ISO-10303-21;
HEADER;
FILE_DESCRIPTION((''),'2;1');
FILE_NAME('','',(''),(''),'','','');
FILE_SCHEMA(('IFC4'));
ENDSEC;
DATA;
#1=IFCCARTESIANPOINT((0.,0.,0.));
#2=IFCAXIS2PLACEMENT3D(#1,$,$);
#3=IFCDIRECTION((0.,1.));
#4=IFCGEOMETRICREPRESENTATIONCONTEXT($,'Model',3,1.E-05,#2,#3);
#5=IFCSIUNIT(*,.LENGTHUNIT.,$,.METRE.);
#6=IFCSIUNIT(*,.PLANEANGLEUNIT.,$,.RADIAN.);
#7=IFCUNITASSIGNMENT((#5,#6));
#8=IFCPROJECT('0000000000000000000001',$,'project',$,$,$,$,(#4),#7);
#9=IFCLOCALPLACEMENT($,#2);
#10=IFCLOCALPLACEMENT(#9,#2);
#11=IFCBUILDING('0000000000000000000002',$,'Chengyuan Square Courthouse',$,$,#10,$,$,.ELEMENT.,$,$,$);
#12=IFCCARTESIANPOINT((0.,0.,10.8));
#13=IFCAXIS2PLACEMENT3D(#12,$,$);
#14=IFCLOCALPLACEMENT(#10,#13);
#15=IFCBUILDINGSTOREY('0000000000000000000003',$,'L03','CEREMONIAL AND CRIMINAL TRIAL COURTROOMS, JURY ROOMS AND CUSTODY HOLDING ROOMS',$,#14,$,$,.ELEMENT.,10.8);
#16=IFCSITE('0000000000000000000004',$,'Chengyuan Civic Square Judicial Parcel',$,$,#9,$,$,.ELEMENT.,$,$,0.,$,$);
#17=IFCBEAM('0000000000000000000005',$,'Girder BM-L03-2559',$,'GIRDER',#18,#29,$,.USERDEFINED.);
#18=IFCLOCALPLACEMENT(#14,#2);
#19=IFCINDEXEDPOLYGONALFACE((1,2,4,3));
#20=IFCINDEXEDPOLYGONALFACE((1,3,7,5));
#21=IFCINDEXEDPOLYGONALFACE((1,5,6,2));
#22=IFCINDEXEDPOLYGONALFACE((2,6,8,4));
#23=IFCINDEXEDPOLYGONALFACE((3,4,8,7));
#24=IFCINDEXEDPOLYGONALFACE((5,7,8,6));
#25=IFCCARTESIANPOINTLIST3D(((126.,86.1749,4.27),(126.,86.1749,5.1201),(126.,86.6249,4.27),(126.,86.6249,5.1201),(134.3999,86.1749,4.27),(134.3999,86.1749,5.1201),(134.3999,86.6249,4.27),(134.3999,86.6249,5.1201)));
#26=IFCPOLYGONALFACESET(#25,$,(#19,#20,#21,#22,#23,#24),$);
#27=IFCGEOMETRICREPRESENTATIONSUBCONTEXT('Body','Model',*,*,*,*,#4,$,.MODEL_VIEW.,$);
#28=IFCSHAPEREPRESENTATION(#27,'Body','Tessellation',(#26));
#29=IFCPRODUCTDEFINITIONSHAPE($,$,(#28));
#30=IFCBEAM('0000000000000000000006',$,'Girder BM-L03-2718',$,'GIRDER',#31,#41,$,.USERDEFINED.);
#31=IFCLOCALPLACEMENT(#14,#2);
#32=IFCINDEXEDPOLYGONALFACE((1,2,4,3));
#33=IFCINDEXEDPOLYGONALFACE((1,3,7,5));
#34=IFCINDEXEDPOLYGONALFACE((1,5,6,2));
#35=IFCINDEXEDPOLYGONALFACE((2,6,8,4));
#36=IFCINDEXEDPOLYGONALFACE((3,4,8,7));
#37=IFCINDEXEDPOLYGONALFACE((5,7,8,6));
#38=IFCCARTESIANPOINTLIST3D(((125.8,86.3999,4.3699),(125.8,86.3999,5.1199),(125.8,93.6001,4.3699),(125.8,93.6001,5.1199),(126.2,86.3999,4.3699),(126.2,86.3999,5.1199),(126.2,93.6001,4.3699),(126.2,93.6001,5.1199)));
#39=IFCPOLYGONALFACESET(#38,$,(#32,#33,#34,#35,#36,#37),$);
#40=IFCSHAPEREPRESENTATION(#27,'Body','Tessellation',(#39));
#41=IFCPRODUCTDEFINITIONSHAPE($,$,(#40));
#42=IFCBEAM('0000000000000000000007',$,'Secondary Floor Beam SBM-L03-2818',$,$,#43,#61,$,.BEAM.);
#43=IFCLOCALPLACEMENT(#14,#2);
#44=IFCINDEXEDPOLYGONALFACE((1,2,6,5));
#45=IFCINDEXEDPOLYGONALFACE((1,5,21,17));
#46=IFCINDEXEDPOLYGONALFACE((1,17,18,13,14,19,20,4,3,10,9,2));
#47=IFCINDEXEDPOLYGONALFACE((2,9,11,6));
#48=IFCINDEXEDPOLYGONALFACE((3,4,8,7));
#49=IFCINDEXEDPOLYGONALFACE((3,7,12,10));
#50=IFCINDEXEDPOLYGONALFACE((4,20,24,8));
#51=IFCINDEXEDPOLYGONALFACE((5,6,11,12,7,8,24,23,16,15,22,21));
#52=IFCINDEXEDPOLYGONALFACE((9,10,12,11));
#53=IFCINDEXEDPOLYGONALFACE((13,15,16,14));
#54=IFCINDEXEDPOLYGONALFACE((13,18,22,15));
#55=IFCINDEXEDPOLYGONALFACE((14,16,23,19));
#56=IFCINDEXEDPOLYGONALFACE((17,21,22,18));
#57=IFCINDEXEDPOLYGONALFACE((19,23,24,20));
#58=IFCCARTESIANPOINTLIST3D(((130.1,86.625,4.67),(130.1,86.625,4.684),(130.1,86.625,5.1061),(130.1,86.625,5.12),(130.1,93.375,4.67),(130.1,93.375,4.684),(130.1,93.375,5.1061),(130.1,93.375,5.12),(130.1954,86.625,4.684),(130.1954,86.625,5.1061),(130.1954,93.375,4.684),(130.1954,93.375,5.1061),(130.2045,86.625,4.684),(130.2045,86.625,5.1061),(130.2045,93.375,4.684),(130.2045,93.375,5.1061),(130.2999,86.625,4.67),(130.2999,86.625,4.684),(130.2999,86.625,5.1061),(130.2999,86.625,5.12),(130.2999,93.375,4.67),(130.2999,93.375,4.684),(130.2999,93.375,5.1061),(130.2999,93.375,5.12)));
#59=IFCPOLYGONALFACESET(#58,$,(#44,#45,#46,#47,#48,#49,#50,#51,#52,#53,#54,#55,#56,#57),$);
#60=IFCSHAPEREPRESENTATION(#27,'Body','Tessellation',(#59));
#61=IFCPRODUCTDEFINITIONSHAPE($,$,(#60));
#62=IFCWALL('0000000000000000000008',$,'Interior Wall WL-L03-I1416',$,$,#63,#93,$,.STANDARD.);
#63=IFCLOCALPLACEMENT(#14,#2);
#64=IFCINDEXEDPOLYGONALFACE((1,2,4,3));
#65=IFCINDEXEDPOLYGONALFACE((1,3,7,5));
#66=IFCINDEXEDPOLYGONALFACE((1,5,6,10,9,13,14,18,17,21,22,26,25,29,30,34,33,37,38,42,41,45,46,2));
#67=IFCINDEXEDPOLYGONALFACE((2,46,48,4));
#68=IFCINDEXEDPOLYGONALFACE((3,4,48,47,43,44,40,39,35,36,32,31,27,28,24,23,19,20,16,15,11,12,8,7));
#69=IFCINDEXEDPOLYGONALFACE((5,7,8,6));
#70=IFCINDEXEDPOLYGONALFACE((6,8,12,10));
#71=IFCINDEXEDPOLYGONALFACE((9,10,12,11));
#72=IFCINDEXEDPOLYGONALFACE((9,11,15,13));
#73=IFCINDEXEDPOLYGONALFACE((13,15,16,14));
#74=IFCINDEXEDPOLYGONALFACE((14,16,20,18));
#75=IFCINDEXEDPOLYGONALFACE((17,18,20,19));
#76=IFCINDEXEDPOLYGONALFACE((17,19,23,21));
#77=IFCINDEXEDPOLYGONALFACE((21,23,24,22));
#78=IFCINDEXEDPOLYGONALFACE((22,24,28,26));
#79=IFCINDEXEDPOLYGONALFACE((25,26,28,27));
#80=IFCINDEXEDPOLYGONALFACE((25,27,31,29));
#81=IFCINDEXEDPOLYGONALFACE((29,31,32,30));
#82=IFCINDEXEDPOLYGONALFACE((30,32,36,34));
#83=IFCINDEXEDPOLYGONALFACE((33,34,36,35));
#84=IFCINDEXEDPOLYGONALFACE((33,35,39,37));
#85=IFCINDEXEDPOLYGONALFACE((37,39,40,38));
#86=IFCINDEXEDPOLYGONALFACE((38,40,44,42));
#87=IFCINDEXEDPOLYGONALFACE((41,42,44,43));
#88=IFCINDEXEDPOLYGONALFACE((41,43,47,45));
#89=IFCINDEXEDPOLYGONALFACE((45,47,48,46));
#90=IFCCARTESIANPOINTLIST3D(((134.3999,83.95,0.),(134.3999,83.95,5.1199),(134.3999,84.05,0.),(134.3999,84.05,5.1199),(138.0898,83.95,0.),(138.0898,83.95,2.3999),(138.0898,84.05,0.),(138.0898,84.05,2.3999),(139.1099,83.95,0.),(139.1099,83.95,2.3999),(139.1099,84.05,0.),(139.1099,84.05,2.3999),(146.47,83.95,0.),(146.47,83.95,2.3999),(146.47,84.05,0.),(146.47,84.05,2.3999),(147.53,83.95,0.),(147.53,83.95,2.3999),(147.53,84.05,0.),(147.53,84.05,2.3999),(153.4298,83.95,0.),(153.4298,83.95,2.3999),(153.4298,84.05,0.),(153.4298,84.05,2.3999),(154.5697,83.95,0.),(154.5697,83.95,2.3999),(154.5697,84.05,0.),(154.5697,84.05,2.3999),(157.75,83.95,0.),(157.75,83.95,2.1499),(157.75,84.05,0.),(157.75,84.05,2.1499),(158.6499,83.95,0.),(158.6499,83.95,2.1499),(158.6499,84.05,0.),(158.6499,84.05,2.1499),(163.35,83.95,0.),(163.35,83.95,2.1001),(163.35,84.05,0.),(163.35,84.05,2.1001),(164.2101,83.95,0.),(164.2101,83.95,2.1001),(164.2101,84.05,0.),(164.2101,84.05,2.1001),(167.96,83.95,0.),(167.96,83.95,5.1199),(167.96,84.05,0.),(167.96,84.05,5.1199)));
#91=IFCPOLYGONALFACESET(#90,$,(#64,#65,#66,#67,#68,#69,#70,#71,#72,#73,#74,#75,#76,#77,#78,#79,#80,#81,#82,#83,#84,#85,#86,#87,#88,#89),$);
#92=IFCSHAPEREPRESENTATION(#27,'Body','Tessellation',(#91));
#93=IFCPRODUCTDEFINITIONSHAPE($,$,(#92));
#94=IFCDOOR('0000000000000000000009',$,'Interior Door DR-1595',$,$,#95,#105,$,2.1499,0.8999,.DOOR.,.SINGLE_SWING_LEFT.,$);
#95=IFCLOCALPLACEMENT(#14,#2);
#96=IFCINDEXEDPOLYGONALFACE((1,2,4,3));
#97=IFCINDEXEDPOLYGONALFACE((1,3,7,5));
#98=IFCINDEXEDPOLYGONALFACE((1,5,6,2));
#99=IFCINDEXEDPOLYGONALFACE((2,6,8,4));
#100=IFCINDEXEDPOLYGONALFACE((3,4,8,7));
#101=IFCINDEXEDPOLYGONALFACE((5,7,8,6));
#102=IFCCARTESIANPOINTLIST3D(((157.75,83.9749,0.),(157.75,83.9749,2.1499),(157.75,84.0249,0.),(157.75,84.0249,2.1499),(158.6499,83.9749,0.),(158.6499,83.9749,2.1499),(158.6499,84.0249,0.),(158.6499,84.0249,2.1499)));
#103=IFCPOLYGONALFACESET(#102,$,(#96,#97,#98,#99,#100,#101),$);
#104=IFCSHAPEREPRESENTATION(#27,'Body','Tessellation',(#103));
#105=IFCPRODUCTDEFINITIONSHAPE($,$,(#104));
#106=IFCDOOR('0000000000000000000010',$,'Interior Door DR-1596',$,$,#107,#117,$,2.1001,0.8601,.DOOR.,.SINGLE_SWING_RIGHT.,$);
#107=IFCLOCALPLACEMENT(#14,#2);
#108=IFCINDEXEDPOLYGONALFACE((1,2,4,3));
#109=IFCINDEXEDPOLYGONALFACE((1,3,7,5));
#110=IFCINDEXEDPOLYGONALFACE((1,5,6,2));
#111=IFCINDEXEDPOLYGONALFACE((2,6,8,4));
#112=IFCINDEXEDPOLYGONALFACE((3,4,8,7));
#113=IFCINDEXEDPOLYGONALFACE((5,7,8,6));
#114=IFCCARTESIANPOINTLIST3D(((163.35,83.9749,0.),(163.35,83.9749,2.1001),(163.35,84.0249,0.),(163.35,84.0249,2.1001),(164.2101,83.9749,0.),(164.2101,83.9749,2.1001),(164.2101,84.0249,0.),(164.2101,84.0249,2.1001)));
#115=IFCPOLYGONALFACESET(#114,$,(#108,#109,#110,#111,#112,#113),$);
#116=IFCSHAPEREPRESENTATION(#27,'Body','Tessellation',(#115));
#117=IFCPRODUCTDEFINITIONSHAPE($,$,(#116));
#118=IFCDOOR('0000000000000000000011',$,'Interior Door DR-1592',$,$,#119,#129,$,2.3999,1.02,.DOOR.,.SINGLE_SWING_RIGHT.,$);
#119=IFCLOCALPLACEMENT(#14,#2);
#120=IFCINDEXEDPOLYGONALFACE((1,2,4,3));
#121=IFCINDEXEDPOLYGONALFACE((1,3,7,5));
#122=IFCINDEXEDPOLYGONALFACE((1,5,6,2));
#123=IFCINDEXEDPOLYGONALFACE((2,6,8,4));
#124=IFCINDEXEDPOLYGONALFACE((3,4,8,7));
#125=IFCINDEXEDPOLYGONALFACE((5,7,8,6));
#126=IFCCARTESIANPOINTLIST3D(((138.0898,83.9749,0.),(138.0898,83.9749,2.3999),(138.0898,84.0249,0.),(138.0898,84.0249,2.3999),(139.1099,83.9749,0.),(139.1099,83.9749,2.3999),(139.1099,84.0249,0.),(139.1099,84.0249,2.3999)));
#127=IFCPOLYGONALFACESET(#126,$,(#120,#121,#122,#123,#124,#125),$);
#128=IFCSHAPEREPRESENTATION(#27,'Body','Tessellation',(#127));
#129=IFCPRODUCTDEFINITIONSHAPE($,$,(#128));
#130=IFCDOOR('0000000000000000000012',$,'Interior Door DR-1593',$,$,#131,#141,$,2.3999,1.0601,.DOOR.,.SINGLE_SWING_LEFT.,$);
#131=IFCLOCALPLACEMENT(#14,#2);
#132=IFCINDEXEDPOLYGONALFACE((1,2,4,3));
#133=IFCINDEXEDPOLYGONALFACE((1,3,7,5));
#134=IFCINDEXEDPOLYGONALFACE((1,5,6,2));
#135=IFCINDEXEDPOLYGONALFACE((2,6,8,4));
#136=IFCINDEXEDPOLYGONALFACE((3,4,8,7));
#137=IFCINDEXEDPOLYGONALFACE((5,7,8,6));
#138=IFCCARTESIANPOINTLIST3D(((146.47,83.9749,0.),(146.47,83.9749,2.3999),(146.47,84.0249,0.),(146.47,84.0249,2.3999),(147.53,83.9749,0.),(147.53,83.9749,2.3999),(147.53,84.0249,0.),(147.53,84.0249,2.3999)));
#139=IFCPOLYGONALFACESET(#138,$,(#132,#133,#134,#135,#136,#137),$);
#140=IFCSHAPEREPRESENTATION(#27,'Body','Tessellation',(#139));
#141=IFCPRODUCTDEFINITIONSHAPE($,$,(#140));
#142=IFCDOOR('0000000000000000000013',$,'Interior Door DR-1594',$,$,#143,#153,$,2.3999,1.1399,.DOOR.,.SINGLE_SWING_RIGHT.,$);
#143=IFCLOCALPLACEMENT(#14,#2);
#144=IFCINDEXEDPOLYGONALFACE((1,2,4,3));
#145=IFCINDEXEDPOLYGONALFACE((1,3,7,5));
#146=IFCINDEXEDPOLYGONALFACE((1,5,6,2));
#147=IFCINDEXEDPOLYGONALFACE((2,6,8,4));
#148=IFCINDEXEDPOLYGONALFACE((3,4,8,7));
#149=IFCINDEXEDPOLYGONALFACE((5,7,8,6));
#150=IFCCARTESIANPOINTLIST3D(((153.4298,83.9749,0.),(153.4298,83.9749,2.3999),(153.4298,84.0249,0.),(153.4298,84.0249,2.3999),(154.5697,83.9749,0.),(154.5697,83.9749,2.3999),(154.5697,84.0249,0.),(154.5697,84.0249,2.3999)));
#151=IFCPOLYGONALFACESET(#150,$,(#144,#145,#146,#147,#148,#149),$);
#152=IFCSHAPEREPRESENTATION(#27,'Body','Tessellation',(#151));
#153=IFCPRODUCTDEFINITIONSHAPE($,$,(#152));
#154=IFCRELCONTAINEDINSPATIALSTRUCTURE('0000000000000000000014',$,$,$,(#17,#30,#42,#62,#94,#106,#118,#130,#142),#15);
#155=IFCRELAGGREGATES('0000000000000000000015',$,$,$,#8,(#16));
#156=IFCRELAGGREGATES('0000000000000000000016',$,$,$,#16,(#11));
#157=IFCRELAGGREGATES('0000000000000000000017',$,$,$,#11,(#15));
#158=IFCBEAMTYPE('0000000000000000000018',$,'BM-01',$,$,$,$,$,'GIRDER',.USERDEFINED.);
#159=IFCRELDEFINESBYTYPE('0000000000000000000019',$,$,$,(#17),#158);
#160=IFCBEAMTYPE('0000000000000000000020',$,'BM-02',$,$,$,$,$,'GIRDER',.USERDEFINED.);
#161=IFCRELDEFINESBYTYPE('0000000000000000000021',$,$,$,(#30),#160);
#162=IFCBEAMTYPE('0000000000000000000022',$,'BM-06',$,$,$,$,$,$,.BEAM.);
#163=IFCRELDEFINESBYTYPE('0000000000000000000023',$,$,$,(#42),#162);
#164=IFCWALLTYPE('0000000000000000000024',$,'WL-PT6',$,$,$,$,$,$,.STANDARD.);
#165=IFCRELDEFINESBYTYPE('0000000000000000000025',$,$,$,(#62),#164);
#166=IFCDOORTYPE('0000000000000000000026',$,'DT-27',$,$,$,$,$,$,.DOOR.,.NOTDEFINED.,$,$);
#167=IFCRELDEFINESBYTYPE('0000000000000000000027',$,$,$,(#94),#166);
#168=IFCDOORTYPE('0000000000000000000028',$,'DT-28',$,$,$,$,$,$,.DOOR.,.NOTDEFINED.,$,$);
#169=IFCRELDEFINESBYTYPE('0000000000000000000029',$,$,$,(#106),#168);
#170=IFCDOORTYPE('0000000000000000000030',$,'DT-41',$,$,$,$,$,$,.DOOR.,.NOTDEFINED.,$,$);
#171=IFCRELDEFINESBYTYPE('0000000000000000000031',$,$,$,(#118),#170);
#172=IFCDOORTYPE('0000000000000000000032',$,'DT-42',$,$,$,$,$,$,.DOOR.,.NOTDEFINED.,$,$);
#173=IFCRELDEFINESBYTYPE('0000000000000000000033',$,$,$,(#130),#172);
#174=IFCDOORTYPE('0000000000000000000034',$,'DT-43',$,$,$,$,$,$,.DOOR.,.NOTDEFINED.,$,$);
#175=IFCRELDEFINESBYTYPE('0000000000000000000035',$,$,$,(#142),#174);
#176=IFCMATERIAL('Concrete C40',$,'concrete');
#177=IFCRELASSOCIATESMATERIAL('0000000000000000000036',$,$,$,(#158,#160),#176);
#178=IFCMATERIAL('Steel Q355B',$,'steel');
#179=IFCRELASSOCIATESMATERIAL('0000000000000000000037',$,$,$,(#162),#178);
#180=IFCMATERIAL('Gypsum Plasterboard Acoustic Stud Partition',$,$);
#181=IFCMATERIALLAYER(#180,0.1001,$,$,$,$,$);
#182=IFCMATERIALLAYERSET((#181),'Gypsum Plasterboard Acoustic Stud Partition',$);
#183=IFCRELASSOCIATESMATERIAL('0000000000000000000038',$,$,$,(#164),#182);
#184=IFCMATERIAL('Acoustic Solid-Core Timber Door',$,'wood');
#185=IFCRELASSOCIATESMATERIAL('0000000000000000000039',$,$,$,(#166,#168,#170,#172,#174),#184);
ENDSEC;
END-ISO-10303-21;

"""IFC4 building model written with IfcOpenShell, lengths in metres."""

from ifc_helpers import new_model, si_unit, direction, frame, frame_2d, origin, origin_2d, place, context, subcontext, project, spatial, rectangle, i_section, extrude, material, layer, layer_set, material_profile, profile_set, type_object, element, fill, save


model = new_model("IFC4")

# Units and contexts
model_context = context("Model", 3, precision=1e-05, world=origin(), true_north=direction((0.0, 1.0)))
body_context = subcontext(model_context, "Body", "Model", "MODEL_VIEW")
ifc_project = project(units=[si_unit("LENGTHUNIT", "METRE"), si_unit("PLANEANGLEUNIT", "RADIAN")], contexts=[model_context])

# Site, building, storey
site_placement = place(None, origin())
site = spatial("IfcSite", under=ifc_project, at=site_placement, Name="Chengyuan Civic Square Judicial Parcel", CompositionType="ELEMENT", RefElevation=0.0)
building_placement = place(site_placement, origin())
building = spatial("IfcBuilding", under=site, at=building_placement, Name="Chengyuan Square Courthouse", CompositionType="ELEMENT")
storey_placement = place(building_placement, frame((0.0, 0.0, 10.8)))
storey = spatial("IfcBuildingStorey", under=building, at=storey_placement, Name="L03", Description="CEREMONIAL AND CRIMINAL TRIAL COURTROOMS, JURY ROOMS AND CUSTODY HOLDING ROOMS", CompositionType="ELEMENT", Elevation=10.8)

# Beams
ifc_material_1 = material(Name="Concrete C40", Category="concrete")
ifc_material_profile_1 = material_profile(ifc_material_1, rectangle(XDim=0.45, YDim=0.8501, at=origin_2d()), Name="RC-BM-450x850")
ifc_profile_set_1 = profile_set([ifc_material_profile_1], Name="Concrete C40")
beam_type_1 = type_object("IfcBeamType", Name="BM-01", ElementType="GIRDER", PredefinedType="USERDEFINED", material=ifc_profile_set_1)
beam_1_placement = place(storey_placement, frame((126.0, 86.3999, 4.6951), z_axis=(1.0, 0.0, 0.0), x_axis=(0.0, 1.0, 0.0)))
element("IfcBeam", 1, at=beam_1_placement, inside=storey, type_object=beam_type_1, Name="Girder BM-L03-2559", ObjectType="GIRDER", PredefinedType="USERDEFINED", context=body_context, shape_type="SweptSolid", body=[
    extrude(rectangle(XDim=0.45, YDim=0.8501, at=origin_2d()), origin(), (0.0, 0.0, 1.0), 8.3999),
])
ifc_material_profile_2 = material_profile(ifc_material_1, rectangle(XDim=0.3999, YDim=0.75, at=origin_2d()), Name="RC-BM-400x750")
ifc_profile_set_2 = profile_set([ifc_material_profile_2], Name="Concrete C40")
beam_type_2 = type_object("IfcBeamType", Name="BM-02", ElementType="GIRDER", PredefinedType="USERDEFINED", material=ifc_profile_set_2)
beam_2_placement = place(storey_placement, frame((126.0, 86.3999, 4.7449), z_axis=(0.0, 1.0, 0.0), x_axis=(-1.0, 0.0, 0.0)))
element("IfcBeam", 2, at=beam_2_placement, inside=storey, type_object=beam_type_2, Name="Girder BM-L03-2718", ObjectType="GIRDER", PredefinedType="USERDEFINED", context=body_context, shape_type="SweptSolid", body=[
    extrude(rectangle(XDim=0.3999, YDim=0.75, at=origin_2d()), origin(), (0.0, 0.0, 1.0), 7.2002),
])
ifc_material_2 = material(Name="Steel Q355B", Category="steel")
ifc_material_profile_3 = material_profile(ifc_material_2, i_section(OverallWidth=0.2, OverallDepth=0.45, WebThickness=0.009, FlangeThickness=0.0139, at=origin_2d()), Name="HN 450x200x9x14")
ifc_profile_set_3 = profile_set([ifc_material_profile_3], Name="Steel Q355B")
beam_type_3 = type_object("IfcBeamType", Name="BM-06", PredefinedType="BEAM", material=ifc_profile_set_3)
beam_3_placement = place(storey_placement, frame((130.2, 86.625, 4.895), z_axis=(0.0, 1.0, 0.0), x_axis=(-1.0, 0.0, 0.0)))
element("IfcBeam", 3, at=beam_3_placement, inside=storey, type_object=beam_type_3, Name="Secondary Floor Beam SBM-L03-2818", PredefinedType="BEAM", context=body_context, shape_type="SweptSolid", body=[
    extrude(i_section(OverallWidth=0.2, OverallDepth=0.45, WebThickness=0.009, FlangeThickness=0.0139, at=origin_2d()), origin(), (0.0, 0.0, 1.0), 6.75),
])

# Wall, openings, doors
ifc_material_3 = material(Name="Gypsum Plasterboard Acoustic Stud Partition")
ifc_layer_1 = layer(ifc_material_3, 0.1001)
ifc_layer_set_1 = layer_set([ifc_layer_1], Name="Gypsum Plasterboard Acoustic Stud Partition")
wall_type_1 = type_object("IfcWallType", Name="WL-PT6", PredefinedType="STANDARD", material=ifc_layer_set_1)
wall_1_placement = place(storey_placement, frame((134.3999, 84.0, 0.0), z_axis=(0.0, 0.0, 1.0), x_axis=(1.0, 0.0, 0.0)))
wall_1 = element("IfcWall", 4, at=wall_1_placement, inside=storey, type_object=wall_type_1, Name="Interior Wall WL-L03-I1416", PredefinedType="STANDARD", context=body_context, shape_type="SweptSolid", body=[
    extrude(rectangle(XDim=33.5601, YDim=0.1001, at=frame_2d((16.78, 0.0))), origin(), (0.0, 0.0, 1.0), 5.1199),
])
opening_1_placement = place(wall_1_placement, frame((3.6899, 0.0, 0.0)))
opening_1 = element("IfcOpeningElement", 5, at=opening_1_placement, cuts=wall_1, PredefinedType="OPENING", context=body_context, shape_type="SweptSolid", body=[
    extrude(rectangle(XDim=1.02, YDim=2.3999, at=frame_2d((0.51, 1.2))), frame((0.0, 0.062, 0.0), z_axis=(0.0, -1.0, 0.0), x_axis=(1.0, 0.0, 0.0)), (0.0, 0.0, 1.0), 0.124),
])
opening_2_placement = place(wall_1_placement, frame((12.0701, 0.0, 0.0)))
opening_2 = element("IfcOpeningElement", 6, at=opening_2_placement, cuts=wall_1, PredefinedType="OPENING", context=body_context, shape_type="SweptSolid", body=[
    extrude(rectangle(XDim=1.0601, YDim=2.3999, at=frame_2d((0.53, 1.2))), frame((0.0, 0.062, 0.0), z_axis=(0.0, -1.0, 0.0), x_axis=(1.0, 0.0, 0.0)), (0.0, 0.0, 1.0), 0.124),
])
opening_3_placement = place(wall_1_placement, frame((19.03, 0.0, 0.0)))
opening_3 = element("IfcOpeningElement", 7, at=opening_3_placement, cuts=wall_1, PredefinedType="OPENING", context=body_context, shape_type="SweptSolid", body=[
    extrude(rectangle(XDim=1.1399, YDim=2.3999, at=frame_2d((0.5698, 1.2))), frame((0.0, 0.062, 0.0), z_axis=(0.0, -1.0, 0.0), x_axis=(1.0, 0.0, 0.0)), (0.0, 0.0, 1.0), 0.124),
])
opening_4_placement = place(wall_1_placement, frame((23.3501, 0.0, 0.0)))
opening_4 = element("IfcOpeningElement", 8, at=opening_4_placement, cuts=wall_1, PredefinedType="OPENING", context=body_context, shape_type="SweptSolid", body=[
    extrude(rectangle(XDim=0.8999, YDim=2.1499, at=frame_2d((0.45, 1.075))), frame((0.0, 0.062, 0.0), z_axis=(0.0, -1.0, 0.0), x_axis=(1.0, 0.0, 0.0)), (0.0, 0.0, 1.0), 0.124),
])
opening_5_placement = place(wall_1_placement, frame((28.95, 0.0, 0.0)))
opening_5 = element("IfcOpeningElement", 9, at=opening_5_placement, cuts=wall_1, PredefinedType="OPENING", context=body_context, shape_type="SweptSolid", body=[
    extrude(rectangle(XDim=0.8601, YDim=2.1001, at=frame_2d((0.4302, 1.05))), frame((0.0, 0.062, 0.0), z_axis=(0.0, -1.0, 0.0), x_axis=(1.0, 0.0, 0.0)), (0.0, 0.0, 1.0), 0.124),
])
ifc_material_4 = material(Name="Acoustic Solid-Core Timber Door", Category="wood")
door_type_1 = type_object("IfcDoorType", Name="DT-27", OperationType="NOTDEFINED", PredefinedType="DOOR", material=ifc_material_4)
door_1_placement = place(opening_4_placement, origin())
door_1 = element("IfcDoor", 10, at=door_1_placement, inside=storey, type_object=door_type_1, Name="Interior Door DR-1595", OperationType="SINGLE_SWING_LEFT", OverallHeight=2.1499, OverallWidth=0.8999, PredefinedType="DOOR", context=body_context, shape_type="SweptSolid", body=[
    extrude(rectangle(XDim=0.8999, YDim=2.1499, at=frame_2d((0.45, 1.075))), frame((0.0, 0.0249, 0.0), z_axis=(0.0, -1.0, 0.0), x_axis=(1.0, 0.0, 0.0)), (0.0, 0.0, 1.0), 0.05),
])
fill(opening_4, door_1)
door_type_2 = type_object("IfcDoorType", Name="DT-28", OperationType="NOTDEFINED", PredefinedType="DOOR", material=ifc_material_4)
door_2_placement = place(opening_5_placement, origin())
door_2 = element("IfcDoor", 11, at=door_2_placement, inside=storey, type_object=door_type_2, Name="Interior Door DR-1596", OperationType="SINGLE_SWING_RIGHT", OverallHeight=2.1001, OverallWidth=0.8601, PredefinedType="DOOR", context=body_context, shape_type="SweptSolid", body=[
    extrude(rectangle(XDim=0.8601, YDim=2.1001, at=frame_2d((0.4302, 1.05))), frame((0.0, 0.0249, 0.0), z_axis=(0.0, -1.0, 0.0), x_axis=(1.0, 0.0, 0.0)), (0.0, 0.0, 1.0), 0.05),
])
fill(opening_5, door_2)
door_type_3 = type_object("IfcDoorType", Name="DT-41", OperationType="NOTDEFINED", PredefinedType="DOOR", material=ifc_material_4)
door_3_placement = place(opening_1_placement, origin())
door_3 = element("IfcDoor", 12, at=door_3_placement, inside=storey, type_object=door_type_3, Name="Interior Door DR-1592", OperationType="SINGLE_SWING_RIGHT", OverallHeight=2.3999, OverallWidth=1.02, PredefinedType="DOOR", context=body_context, shape_type="SweptSolid", body=[
    extrude(rectangle(XDim=1.02, YDim=2.3999, at=frame_2d((0.51, 1.2))), frame((0.0, 0.0249, 0.0), z_axis=(0.0, -1.0, 0.0), x_axis=(1.0, 0.0, 0.0)), (0.0, 0.0, 1.0), 0.05),
])
fill(opening_1, door_3)
door_type_4 = type_object("IfcDoorType", Name="DT-42", OperationType="NOTDEFINED", PredefinedType="DOOR", material=ifc_material_4)
door_4_placement = place(opening_2_placement, origin())
door_4 = element("IfcDoor", 13, at=door_4_placement, inside=storey, type_object=door_type_4, Name="Interior Door DR-1593", OperationType="SINGLE_SWING_LEFT", OverallHeight=2.3999, OverallWidth=1.0601, PredefinedType="DOOR", context=body_context, shape_type="SweptSolid", body=[
    extrude(rectangle(XDim=1.0601, YDim=2.3999, at=frame_2d((0.53, 1.2))), frame((0.0, 0.0249, 0.0), z_axis=(0.0, -1.0, 0.0), x_axis=(1.0, 0.0, 0.0)), (0.0, 0.0, 1.0), 0.05),
])
fill(opening_2, door_4)
door_type_5 = type_object("IfcDoorType", Name="DT-43", OperationType="NOTDEFINED", PredefinedType="DOOR", material=ifc_material_4)
door_5_placement = place(opening_3_placement, origin())
door_5 = element("IfcDoor", 14, at=door_5_placement, inside=storey, type_object=door_type_5, Name="Interior Door DR-1594", OperationType="SINGLE_SWING_RIGHT", OverallHeight=2.3999, OverallWidth=1.1399, PredefinedType="DOOR", context=body_context, shape_type="SweptSolid", body=[
    extrude(rectangle(XDim=1.1399, YDim=2.3999, at=frame_2d((0.5698, 1.2))), frame((0.0, 0.0249, 0.0), z_axis=(0.0, -1.0, 0.0), x_axis=(1.0, 0.0, 0.0)), (0.0, 0.0, 1.0), 0.05),
])
fill(opening_3, door_5)

save(model, "model.ifc")
